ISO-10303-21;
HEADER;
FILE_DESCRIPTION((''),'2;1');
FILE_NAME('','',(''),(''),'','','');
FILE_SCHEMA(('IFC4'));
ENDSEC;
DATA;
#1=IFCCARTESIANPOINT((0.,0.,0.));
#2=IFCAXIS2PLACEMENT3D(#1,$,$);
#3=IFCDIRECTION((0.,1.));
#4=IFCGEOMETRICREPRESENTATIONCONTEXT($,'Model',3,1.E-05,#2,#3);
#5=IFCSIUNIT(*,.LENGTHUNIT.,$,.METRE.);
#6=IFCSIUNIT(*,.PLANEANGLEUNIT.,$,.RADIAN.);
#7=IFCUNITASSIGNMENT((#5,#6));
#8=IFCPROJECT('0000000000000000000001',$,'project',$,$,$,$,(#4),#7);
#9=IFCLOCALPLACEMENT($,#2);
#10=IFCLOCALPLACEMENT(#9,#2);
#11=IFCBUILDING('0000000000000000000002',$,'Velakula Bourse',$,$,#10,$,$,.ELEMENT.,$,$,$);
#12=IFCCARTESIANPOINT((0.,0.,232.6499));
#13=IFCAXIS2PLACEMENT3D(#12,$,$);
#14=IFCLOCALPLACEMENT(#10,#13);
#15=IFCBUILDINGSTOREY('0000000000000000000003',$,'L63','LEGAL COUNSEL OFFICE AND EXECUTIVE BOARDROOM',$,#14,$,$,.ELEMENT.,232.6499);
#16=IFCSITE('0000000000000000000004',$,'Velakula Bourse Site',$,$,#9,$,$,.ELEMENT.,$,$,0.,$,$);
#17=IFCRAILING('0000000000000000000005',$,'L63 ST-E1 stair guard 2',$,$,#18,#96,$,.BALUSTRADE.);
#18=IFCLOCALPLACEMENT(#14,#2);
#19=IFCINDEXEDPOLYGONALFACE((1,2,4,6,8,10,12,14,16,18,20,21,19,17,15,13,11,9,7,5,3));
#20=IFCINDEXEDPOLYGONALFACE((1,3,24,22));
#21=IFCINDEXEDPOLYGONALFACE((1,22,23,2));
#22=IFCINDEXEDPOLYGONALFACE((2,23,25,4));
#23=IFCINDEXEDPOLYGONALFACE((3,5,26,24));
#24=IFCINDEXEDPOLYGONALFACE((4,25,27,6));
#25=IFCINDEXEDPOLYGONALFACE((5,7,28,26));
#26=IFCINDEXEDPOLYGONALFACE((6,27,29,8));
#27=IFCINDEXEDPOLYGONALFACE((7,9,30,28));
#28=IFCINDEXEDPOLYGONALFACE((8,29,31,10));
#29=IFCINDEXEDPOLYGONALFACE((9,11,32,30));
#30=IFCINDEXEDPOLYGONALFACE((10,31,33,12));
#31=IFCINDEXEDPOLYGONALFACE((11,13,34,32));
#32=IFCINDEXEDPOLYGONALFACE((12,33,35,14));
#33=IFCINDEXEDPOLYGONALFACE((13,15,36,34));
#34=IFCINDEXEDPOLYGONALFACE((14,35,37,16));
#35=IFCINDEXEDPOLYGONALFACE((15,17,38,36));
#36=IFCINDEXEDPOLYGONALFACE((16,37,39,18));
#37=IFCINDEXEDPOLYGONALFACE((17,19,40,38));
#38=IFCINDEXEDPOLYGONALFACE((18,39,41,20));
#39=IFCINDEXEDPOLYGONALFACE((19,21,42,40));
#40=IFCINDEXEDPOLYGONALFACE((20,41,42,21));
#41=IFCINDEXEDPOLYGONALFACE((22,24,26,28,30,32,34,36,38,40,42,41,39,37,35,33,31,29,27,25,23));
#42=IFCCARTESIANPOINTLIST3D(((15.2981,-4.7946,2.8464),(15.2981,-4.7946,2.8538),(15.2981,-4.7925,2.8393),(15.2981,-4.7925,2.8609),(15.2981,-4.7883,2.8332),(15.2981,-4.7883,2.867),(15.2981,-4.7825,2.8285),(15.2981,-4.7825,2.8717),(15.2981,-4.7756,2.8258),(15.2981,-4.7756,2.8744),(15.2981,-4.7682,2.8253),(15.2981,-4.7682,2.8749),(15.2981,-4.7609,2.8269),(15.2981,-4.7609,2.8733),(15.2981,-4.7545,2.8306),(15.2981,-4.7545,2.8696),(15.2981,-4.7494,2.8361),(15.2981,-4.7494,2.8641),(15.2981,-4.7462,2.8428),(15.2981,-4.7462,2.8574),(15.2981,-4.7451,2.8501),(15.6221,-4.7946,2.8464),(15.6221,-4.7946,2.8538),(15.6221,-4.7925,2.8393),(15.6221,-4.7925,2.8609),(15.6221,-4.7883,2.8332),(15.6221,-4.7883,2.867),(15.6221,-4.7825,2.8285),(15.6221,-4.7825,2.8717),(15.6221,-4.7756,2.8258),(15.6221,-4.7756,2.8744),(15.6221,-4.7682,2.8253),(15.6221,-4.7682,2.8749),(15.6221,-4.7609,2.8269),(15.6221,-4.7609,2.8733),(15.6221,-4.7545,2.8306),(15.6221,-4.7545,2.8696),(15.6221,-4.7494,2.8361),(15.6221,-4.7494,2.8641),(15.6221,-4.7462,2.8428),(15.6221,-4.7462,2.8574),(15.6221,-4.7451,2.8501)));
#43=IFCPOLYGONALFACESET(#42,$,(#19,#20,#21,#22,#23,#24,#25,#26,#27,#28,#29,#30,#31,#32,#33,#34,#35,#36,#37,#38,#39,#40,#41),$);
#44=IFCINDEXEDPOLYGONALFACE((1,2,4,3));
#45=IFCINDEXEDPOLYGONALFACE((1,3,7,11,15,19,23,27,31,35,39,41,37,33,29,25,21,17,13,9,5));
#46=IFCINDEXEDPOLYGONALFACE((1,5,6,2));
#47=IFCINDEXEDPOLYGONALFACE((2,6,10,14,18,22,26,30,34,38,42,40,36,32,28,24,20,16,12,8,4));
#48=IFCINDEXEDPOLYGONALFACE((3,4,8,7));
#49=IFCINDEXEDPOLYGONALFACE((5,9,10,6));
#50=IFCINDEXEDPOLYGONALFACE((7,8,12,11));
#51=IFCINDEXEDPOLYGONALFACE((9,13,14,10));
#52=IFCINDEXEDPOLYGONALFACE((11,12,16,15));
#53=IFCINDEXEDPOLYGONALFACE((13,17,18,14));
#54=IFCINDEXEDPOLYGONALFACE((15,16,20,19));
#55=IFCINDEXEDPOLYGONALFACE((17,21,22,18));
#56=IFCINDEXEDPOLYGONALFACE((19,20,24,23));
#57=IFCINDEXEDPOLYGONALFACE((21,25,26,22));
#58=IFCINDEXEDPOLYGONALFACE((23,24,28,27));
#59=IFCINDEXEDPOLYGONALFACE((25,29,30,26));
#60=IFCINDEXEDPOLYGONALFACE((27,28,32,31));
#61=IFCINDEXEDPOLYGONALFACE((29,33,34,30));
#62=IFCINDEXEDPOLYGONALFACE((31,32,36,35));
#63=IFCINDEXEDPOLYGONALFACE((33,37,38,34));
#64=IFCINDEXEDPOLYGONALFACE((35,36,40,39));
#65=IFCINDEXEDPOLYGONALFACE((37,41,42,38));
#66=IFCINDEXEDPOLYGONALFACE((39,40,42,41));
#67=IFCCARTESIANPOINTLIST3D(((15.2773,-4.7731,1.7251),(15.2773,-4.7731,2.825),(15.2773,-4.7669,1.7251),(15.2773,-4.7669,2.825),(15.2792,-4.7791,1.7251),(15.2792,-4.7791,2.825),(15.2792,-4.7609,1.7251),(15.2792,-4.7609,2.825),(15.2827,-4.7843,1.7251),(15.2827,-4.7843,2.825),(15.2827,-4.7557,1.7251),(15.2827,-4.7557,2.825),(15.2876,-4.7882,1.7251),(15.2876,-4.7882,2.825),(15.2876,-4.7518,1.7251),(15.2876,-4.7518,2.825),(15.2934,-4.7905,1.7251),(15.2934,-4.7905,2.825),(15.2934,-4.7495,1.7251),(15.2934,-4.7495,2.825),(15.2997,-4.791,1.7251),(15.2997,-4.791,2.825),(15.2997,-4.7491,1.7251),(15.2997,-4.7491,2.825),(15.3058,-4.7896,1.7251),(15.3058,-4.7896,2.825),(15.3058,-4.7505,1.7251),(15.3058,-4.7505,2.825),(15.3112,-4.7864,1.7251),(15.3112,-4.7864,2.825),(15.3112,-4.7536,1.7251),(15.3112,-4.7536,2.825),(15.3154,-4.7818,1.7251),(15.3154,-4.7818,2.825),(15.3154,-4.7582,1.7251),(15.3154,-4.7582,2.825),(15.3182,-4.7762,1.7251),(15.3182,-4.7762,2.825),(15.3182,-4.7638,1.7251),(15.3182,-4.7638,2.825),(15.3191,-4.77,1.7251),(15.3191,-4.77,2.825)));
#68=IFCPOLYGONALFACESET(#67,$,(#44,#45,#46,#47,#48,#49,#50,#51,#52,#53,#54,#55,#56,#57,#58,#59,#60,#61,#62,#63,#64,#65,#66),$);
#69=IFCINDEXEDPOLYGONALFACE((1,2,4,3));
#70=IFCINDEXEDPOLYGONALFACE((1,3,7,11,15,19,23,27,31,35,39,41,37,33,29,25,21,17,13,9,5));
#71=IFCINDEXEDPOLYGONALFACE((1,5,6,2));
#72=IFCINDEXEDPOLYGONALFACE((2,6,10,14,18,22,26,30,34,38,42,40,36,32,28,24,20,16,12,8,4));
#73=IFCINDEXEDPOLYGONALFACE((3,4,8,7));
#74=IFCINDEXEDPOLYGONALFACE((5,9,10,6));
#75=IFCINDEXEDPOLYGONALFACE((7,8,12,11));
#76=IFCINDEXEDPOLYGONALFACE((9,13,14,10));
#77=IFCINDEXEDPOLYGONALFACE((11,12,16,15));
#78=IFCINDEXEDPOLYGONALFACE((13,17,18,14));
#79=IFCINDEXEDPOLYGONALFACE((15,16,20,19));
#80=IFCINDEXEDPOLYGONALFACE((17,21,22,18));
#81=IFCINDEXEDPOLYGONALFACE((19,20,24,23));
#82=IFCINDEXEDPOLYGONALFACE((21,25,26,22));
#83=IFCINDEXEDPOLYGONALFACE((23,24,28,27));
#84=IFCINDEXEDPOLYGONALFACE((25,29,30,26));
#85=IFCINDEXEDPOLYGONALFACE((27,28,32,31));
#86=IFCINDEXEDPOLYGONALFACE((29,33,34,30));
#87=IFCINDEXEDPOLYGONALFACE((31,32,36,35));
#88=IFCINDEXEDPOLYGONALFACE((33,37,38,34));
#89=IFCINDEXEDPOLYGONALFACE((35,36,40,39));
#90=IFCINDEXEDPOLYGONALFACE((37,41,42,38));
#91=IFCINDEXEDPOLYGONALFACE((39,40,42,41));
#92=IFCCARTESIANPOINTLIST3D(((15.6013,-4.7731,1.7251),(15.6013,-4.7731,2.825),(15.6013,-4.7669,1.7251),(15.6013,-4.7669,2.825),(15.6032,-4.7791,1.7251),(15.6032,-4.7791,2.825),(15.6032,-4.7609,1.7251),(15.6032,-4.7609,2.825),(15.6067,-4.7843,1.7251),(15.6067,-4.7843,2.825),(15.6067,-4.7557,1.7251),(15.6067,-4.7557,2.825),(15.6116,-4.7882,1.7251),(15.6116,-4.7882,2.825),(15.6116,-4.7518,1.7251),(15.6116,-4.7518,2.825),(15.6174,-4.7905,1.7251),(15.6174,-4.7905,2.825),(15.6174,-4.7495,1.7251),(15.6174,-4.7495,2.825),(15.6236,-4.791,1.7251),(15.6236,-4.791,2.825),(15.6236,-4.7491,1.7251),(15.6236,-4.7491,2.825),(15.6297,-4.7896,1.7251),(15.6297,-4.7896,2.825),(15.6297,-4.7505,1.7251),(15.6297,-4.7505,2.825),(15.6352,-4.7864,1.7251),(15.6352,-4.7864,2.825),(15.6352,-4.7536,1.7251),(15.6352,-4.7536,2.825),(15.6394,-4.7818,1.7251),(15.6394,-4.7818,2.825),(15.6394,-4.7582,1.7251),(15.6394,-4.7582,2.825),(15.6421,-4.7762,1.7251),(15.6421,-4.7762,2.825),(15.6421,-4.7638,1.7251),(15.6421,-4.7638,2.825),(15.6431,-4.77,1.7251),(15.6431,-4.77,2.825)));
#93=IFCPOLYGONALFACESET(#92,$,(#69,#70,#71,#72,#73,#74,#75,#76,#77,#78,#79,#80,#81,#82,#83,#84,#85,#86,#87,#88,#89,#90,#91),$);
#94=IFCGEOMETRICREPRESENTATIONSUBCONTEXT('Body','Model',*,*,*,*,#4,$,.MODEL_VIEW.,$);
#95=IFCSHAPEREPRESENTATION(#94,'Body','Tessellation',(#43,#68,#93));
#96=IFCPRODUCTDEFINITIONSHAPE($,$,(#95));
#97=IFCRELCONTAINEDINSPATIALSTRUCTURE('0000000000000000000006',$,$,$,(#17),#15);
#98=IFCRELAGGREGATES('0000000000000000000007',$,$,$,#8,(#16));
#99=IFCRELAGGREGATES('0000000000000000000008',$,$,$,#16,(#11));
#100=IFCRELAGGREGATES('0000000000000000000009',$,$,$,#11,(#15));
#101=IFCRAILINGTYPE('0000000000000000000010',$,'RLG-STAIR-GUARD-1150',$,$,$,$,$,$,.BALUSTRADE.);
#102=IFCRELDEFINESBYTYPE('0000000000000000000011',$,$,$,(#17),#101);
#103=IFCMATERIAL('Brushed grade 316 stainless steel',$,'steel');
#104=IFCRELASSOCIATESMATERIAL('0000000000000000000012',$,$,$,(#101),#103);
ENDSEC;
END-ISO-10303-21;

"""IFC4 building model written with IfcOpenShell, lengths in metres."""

from ifc_helpers import new_model, si_unit, direction, frame, origin, origin_2d, place, context, subcontext, project, spatial, circle, extrude, material, type_object, element, save


model = new_model("IFC4")

# Units and contexts
model_context = context("Model", 3, precision=1e-05, world=origin(), true_north=direction((0.0, 1.0)))
body_context = subcontext(model_context, "Body", "Model", "MODEL_VIEW")
ifc_project = project(units=[si_unit("LENGTHUNIT", "METRE"), si_unit("PLANEANGLEUNIT", "RADIAN")], contexts=[model_context])

# Site, building, storey
site_placement = place(None, origin())
site = spatial("IfcSite", under=ifc_project, at=site_placement, Name="Velakula Bourse Site", CompositionType="ELEMENT", RefElevation=0.0)
building_placement = place(site_placement, origin())
building = spatial("IfcBuilding", under=site, at=building_placement, Name="Velakula Bourse", CompositionType="ELEMENT")
storey_placement = place(building_placement, frame((0.0, 0.0, 232.6499)))
storey = spatial("IfcBuildingStorey", under=building, at=storey_placement, Name="L63", Description="LEGAL COUNSEL OFFICE AND EXECUTIVE BOARDROOM", CompositionType="ELEMENT", Elevation=232.6499)

# Shared definitions
ifc_material_1 = material(Name="Brushed grade 316 stainless steel", Category="steel")

# Railing
railing_type_1 = type_object("IfcRailingType", Name="RLG-STAIR-GUARD-1150", PredefinedType="BALUSTRADE", material=ifc_material_1)
railing_1_placement = place(storey_placement, frame((15.2981, -4.77, 1.7251)))
element("IfcRailing", 1, at=railing_1_placement, inside=storey, type_object=railing_type_1, Name="L63 ST-E1 stair guard 2", PredefinedType="BALUSTRADE", context=body_context, shape_type="SweptSolid", body=[
    extrude(circle(Radius=0.0249, at=origin_2d()), frame((0.0, 0.0, 1.125), z_axis=(1.0, 0.0, 0.0), x_axis=(0.0, 1.0, 0.0)), (0.0, 0.0, 1.0), 0.324),
    extrude(circle(Radius=0.021, at=origin_2d()), origin(), (0.0, 0.0, 1.0), 1.0999),
    extrude(circle(Radius=0.021, at=origin_2d()), frame((0.324, 0.0, 0.0)), (0.0, 0.0, 1.0), 1.0999),
])

save(model, "model.ifc")
